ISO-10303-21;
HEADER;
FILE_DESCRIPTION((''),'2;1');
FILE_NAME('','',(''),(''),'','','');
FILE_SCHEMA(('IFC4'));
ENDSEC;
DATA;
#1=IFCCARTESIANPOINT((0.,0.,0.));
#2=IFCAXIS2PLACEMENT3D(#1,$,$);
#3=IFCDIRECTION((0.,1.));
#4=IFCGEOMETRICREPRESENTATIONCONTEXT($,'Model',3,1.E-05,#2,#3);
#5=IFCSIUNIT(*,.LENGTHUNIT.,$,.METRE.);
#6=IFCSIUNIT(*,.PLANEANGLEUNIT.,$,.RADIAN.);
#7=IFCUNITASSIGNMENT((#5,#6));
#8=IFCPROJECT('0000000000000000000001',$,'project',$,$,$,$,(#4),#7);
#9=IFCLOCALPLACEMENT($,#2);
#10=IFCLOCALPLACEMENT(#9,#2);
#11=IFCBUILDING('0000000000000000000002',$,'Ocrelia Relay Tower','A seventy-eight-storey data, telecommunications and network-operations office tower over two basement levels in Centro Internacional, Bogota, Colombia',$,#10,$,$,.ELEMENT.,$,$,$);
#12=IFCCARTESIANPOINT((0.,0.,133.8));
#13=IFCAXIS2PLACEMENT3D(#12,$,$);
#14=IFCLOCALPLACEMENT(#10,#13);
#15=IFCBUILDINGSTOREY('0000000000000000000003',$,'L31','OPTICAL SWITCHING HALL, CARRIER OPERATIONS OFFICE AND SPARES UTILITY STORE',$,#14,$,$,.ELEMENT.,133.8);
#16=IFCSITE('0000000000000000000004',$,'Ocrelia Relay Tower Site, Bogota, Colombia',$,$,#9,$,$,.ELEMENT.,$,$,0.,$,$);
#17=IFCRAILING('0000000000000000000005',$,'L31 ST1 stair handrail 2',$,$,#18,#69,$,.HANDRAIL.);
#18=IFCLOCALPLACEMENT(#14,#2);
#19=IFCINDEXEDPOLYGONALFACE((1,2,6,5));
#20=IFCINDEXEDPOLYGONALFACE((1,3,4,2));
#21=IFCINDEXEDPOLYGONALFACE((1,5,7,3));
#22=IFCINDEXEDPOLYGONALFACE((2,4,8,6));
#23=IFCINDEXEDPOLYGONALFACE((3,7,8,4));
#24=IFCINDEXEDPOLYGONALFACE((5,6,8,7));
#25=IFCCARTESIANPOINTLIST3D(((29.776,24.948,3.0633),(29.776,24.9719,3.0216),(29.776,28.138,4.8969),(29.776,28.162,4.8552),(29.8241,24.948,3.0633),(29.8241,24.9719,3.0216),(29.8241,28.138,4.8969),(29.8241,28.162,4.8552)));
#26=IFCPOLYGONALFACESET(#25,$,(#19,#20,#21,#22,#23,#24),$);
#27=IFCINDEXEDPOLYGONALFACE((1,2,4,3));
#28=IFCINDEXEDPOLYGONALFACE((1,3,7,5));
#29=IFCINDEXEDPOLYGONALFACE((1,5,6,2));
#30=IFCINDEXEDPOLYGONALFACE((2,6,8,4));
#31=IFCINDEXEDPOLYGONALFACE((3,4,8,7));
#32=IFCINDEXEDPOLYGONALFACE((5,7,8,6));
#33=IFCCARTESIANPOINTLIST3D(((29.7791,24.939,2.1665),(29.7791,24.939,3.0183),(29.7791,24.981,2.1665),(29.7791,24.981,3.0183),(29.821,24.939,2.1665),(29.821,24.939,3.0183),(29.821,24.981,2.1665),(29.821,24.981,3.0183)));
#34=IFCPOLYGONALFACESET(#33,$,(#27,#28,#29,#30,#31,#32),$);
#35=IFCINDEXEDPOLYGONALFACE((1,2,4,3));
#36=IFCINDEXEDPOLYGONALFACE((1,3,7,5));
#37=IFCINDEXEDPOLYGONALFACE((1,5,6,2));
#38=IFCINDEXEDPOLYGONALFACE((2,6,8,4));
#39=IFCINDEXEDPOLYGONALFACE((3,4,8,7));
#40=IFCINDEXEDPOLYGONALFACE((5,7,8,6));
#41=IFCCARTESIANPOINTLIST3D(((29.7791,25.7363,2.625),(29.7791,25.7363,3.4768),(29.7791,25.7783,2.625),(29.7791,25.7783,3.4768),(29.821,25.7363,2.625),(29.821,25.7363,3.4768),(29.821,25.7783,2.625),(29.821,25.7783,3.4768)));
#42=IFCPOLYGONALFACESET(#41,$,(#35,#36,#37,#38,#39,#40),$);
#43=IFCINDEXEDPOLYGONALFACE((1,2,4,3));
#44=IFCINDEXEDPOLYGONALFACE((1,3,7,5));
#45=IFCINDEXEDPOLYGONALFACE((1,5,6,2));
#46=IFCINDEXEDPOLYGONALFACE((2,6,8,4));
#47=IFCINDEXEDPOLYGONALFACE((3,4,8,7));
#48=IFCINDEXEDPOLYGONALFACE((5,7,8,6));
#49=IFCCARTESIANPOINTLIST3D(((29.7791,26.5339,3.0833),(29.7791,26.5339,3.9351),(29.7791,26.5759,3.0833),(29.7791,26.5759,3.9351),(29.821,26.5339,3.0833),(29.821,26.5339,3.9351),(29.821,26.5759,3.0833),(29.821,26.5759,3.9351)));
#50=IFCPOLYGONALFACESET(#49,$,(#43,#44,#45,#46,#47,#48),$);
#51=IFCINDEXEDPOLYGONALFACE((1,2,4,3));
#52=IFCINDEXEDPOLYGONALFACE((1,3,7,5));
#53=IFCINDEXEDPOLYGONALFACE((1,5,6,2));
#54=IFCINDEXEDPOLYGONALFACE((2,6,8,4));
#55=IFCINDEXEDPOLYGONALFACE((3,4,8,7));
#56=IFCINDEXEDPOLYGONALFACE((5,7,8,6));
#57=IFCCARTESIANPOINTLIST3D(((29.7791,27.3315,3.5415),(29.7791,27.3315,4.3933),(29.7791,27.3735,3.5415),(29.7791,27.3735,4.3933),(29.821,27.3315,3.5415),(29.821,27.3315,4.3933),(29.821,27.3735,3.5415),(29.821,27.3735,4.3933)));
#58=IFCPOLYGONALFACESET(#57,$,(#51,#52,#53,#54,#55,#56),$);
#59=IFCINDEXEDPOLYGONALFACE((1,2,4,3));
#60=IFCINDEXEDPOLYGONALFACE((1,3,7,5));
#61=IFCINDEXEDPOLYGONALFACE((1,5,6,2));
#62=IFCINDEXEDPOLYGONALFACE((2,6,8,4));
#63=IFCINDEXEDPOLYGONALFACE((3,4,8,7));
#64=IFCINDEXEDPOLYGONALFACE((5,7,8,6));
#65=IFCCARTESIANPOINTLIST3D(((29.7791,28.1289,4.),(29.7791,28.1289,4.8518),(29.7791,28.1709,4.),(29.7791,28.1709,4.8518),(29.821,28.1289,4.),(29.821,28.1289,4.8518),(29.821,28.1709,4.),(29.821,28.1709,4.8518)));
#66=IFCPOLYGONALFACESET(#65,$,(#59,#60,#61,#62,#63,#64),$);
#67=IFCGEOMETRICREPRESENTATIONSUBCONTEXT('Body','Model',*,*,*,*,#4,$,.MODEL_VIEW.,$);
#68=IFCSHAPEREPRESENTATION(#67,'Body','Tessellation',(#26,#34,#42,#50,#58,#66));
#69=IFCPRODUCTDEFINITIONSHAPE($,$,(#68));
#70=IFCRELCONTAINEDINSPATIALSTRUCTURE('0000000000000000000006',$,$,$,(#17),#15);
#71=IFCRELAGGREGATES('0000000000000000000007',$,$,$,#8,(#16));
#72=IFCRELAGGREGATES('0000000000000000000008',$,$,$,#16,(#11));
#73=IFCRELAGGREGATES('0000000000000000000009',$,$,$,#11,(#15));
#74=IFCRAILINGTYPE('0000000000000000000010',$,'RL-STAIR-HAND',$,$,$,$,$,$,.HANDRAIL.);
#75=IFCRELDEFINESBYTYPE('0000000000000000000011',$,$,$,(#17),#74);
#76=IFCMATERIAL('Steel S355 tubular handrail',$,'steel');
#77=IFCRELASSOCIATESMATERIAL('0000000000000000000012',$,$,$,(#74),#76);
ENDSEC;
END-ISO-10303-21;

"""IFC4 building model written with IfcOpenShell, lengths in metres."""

from ifc_helpers import new_model, si_unit, direction, frame, origin, origin_2d, place, context, subcontext, project, spatial, rectangle, extrude, material, type_object, element, save


model = new_model("IFC4")

# Units and contexts
model_context = context("Model", 3, precision=1e-05, world=origin(), true_north=direction((0.0, 1.0)))
body_context = subcontext(model_context, "Body", "Model", "MODEL_VIEW")
ifc_project = project(units=[si_unit("LENGTHUNIT", "METRE"), si_unit("PLANEANGLEUNIT", "RADIAN")], contexts=[model_context])

# Site, building, storey
site_placement = place(None, origin())
site = spatial("IfcSite", under=ifc_project, at=site_placement, Name="Ocrelia Relay Tower Site, Bogota, Colombia", CompositionType="ELEMENT", RefElevation=0.0)
building_placement = place(site_placement, origin())
building = spatial("IfcBuilding", under=site, at=building_placement, Name="Ocrelia Relay Tower", Description="A seventy-eight-storey data, telecommunications and network-operations office tower over two basement levels in Centro Internacional, Bogota, Colombia", CompositionType="ELEMENT")
storey_placement = place(building_placement, frame((0.0, 0.0, 133.8)))
storey = spatial("IfcBuildingStorey", under=building, at=storey_placement, Name="L31", Description="OPTICAL SWITCHING HALL, CARRIER OPERATIONS OFFICE AND SPARES UTILITY STORE", CompositionType="ELEMENT", Elevation=133.8)

# Railing
ifc_material_1 = material(Name="Steel S355 tubular handrail", Category="steel")
railing_type_1 = type_object("IfcRailingType", Name="RL-STAIR-HAND", PredefinedType="HANDRAIL", material=ifc_material_1)
railing_1_placement = place(storey_placement, frame((29.8, 24.96, 2.1665)))
element("IfcRailing", 1, at=railing_1_placement, inside=storey, type_object=railing_type_1, Name="L31 ST1 stair handrail 2", PredefinedType="HANDRAIL", context=body_context, shape_type="SweptSolid", body=[
    extrude(rectangle(XDim=0.0481, YDim=0.0481, at=origin_2d()), frame((0.0, 0.0, 0.876), z_axis=(0.0, 0.866991, 0.498324), x_axis=(-1.0, 0.0, 0.0)), (0.0, 0.0, 1.0), 3.6794),
    extrude(rectangle(XDim=0.042, YDim=0.042, at=origin_2d()), origin(), (0.0, 0.0, 1.0), 0.8518),
    extrude(rectangle(XDim=0.042, YDim=0.042, at=origin_2d()), frame((0.0, 0.7974, 0.4585)), (0.0, 0.0, 1.0), 0.8518),
    extrude(rectangle(XDim=0.042, YDim=0.042, at=origin_2d()), frame((0.0, 1.595, 0.9167)), (0.0, 0.0, 1.0), 0.8518),
    extrude(rectangle(XDim=0.042, YDim=0.042, at=origin_2d()), frame((0.0, 2.3926, 1.375)), (0.0, 0.0, 1.0), 0.8518),
    extrude(rectangle(XDim=0.042, YDim=0.042, at=origin_2d()), frame((0.0, 3.1899, 1.8335)), (0.0, 0.0, 1.0), 0.8518),
])

save(model, "model.ifc")
